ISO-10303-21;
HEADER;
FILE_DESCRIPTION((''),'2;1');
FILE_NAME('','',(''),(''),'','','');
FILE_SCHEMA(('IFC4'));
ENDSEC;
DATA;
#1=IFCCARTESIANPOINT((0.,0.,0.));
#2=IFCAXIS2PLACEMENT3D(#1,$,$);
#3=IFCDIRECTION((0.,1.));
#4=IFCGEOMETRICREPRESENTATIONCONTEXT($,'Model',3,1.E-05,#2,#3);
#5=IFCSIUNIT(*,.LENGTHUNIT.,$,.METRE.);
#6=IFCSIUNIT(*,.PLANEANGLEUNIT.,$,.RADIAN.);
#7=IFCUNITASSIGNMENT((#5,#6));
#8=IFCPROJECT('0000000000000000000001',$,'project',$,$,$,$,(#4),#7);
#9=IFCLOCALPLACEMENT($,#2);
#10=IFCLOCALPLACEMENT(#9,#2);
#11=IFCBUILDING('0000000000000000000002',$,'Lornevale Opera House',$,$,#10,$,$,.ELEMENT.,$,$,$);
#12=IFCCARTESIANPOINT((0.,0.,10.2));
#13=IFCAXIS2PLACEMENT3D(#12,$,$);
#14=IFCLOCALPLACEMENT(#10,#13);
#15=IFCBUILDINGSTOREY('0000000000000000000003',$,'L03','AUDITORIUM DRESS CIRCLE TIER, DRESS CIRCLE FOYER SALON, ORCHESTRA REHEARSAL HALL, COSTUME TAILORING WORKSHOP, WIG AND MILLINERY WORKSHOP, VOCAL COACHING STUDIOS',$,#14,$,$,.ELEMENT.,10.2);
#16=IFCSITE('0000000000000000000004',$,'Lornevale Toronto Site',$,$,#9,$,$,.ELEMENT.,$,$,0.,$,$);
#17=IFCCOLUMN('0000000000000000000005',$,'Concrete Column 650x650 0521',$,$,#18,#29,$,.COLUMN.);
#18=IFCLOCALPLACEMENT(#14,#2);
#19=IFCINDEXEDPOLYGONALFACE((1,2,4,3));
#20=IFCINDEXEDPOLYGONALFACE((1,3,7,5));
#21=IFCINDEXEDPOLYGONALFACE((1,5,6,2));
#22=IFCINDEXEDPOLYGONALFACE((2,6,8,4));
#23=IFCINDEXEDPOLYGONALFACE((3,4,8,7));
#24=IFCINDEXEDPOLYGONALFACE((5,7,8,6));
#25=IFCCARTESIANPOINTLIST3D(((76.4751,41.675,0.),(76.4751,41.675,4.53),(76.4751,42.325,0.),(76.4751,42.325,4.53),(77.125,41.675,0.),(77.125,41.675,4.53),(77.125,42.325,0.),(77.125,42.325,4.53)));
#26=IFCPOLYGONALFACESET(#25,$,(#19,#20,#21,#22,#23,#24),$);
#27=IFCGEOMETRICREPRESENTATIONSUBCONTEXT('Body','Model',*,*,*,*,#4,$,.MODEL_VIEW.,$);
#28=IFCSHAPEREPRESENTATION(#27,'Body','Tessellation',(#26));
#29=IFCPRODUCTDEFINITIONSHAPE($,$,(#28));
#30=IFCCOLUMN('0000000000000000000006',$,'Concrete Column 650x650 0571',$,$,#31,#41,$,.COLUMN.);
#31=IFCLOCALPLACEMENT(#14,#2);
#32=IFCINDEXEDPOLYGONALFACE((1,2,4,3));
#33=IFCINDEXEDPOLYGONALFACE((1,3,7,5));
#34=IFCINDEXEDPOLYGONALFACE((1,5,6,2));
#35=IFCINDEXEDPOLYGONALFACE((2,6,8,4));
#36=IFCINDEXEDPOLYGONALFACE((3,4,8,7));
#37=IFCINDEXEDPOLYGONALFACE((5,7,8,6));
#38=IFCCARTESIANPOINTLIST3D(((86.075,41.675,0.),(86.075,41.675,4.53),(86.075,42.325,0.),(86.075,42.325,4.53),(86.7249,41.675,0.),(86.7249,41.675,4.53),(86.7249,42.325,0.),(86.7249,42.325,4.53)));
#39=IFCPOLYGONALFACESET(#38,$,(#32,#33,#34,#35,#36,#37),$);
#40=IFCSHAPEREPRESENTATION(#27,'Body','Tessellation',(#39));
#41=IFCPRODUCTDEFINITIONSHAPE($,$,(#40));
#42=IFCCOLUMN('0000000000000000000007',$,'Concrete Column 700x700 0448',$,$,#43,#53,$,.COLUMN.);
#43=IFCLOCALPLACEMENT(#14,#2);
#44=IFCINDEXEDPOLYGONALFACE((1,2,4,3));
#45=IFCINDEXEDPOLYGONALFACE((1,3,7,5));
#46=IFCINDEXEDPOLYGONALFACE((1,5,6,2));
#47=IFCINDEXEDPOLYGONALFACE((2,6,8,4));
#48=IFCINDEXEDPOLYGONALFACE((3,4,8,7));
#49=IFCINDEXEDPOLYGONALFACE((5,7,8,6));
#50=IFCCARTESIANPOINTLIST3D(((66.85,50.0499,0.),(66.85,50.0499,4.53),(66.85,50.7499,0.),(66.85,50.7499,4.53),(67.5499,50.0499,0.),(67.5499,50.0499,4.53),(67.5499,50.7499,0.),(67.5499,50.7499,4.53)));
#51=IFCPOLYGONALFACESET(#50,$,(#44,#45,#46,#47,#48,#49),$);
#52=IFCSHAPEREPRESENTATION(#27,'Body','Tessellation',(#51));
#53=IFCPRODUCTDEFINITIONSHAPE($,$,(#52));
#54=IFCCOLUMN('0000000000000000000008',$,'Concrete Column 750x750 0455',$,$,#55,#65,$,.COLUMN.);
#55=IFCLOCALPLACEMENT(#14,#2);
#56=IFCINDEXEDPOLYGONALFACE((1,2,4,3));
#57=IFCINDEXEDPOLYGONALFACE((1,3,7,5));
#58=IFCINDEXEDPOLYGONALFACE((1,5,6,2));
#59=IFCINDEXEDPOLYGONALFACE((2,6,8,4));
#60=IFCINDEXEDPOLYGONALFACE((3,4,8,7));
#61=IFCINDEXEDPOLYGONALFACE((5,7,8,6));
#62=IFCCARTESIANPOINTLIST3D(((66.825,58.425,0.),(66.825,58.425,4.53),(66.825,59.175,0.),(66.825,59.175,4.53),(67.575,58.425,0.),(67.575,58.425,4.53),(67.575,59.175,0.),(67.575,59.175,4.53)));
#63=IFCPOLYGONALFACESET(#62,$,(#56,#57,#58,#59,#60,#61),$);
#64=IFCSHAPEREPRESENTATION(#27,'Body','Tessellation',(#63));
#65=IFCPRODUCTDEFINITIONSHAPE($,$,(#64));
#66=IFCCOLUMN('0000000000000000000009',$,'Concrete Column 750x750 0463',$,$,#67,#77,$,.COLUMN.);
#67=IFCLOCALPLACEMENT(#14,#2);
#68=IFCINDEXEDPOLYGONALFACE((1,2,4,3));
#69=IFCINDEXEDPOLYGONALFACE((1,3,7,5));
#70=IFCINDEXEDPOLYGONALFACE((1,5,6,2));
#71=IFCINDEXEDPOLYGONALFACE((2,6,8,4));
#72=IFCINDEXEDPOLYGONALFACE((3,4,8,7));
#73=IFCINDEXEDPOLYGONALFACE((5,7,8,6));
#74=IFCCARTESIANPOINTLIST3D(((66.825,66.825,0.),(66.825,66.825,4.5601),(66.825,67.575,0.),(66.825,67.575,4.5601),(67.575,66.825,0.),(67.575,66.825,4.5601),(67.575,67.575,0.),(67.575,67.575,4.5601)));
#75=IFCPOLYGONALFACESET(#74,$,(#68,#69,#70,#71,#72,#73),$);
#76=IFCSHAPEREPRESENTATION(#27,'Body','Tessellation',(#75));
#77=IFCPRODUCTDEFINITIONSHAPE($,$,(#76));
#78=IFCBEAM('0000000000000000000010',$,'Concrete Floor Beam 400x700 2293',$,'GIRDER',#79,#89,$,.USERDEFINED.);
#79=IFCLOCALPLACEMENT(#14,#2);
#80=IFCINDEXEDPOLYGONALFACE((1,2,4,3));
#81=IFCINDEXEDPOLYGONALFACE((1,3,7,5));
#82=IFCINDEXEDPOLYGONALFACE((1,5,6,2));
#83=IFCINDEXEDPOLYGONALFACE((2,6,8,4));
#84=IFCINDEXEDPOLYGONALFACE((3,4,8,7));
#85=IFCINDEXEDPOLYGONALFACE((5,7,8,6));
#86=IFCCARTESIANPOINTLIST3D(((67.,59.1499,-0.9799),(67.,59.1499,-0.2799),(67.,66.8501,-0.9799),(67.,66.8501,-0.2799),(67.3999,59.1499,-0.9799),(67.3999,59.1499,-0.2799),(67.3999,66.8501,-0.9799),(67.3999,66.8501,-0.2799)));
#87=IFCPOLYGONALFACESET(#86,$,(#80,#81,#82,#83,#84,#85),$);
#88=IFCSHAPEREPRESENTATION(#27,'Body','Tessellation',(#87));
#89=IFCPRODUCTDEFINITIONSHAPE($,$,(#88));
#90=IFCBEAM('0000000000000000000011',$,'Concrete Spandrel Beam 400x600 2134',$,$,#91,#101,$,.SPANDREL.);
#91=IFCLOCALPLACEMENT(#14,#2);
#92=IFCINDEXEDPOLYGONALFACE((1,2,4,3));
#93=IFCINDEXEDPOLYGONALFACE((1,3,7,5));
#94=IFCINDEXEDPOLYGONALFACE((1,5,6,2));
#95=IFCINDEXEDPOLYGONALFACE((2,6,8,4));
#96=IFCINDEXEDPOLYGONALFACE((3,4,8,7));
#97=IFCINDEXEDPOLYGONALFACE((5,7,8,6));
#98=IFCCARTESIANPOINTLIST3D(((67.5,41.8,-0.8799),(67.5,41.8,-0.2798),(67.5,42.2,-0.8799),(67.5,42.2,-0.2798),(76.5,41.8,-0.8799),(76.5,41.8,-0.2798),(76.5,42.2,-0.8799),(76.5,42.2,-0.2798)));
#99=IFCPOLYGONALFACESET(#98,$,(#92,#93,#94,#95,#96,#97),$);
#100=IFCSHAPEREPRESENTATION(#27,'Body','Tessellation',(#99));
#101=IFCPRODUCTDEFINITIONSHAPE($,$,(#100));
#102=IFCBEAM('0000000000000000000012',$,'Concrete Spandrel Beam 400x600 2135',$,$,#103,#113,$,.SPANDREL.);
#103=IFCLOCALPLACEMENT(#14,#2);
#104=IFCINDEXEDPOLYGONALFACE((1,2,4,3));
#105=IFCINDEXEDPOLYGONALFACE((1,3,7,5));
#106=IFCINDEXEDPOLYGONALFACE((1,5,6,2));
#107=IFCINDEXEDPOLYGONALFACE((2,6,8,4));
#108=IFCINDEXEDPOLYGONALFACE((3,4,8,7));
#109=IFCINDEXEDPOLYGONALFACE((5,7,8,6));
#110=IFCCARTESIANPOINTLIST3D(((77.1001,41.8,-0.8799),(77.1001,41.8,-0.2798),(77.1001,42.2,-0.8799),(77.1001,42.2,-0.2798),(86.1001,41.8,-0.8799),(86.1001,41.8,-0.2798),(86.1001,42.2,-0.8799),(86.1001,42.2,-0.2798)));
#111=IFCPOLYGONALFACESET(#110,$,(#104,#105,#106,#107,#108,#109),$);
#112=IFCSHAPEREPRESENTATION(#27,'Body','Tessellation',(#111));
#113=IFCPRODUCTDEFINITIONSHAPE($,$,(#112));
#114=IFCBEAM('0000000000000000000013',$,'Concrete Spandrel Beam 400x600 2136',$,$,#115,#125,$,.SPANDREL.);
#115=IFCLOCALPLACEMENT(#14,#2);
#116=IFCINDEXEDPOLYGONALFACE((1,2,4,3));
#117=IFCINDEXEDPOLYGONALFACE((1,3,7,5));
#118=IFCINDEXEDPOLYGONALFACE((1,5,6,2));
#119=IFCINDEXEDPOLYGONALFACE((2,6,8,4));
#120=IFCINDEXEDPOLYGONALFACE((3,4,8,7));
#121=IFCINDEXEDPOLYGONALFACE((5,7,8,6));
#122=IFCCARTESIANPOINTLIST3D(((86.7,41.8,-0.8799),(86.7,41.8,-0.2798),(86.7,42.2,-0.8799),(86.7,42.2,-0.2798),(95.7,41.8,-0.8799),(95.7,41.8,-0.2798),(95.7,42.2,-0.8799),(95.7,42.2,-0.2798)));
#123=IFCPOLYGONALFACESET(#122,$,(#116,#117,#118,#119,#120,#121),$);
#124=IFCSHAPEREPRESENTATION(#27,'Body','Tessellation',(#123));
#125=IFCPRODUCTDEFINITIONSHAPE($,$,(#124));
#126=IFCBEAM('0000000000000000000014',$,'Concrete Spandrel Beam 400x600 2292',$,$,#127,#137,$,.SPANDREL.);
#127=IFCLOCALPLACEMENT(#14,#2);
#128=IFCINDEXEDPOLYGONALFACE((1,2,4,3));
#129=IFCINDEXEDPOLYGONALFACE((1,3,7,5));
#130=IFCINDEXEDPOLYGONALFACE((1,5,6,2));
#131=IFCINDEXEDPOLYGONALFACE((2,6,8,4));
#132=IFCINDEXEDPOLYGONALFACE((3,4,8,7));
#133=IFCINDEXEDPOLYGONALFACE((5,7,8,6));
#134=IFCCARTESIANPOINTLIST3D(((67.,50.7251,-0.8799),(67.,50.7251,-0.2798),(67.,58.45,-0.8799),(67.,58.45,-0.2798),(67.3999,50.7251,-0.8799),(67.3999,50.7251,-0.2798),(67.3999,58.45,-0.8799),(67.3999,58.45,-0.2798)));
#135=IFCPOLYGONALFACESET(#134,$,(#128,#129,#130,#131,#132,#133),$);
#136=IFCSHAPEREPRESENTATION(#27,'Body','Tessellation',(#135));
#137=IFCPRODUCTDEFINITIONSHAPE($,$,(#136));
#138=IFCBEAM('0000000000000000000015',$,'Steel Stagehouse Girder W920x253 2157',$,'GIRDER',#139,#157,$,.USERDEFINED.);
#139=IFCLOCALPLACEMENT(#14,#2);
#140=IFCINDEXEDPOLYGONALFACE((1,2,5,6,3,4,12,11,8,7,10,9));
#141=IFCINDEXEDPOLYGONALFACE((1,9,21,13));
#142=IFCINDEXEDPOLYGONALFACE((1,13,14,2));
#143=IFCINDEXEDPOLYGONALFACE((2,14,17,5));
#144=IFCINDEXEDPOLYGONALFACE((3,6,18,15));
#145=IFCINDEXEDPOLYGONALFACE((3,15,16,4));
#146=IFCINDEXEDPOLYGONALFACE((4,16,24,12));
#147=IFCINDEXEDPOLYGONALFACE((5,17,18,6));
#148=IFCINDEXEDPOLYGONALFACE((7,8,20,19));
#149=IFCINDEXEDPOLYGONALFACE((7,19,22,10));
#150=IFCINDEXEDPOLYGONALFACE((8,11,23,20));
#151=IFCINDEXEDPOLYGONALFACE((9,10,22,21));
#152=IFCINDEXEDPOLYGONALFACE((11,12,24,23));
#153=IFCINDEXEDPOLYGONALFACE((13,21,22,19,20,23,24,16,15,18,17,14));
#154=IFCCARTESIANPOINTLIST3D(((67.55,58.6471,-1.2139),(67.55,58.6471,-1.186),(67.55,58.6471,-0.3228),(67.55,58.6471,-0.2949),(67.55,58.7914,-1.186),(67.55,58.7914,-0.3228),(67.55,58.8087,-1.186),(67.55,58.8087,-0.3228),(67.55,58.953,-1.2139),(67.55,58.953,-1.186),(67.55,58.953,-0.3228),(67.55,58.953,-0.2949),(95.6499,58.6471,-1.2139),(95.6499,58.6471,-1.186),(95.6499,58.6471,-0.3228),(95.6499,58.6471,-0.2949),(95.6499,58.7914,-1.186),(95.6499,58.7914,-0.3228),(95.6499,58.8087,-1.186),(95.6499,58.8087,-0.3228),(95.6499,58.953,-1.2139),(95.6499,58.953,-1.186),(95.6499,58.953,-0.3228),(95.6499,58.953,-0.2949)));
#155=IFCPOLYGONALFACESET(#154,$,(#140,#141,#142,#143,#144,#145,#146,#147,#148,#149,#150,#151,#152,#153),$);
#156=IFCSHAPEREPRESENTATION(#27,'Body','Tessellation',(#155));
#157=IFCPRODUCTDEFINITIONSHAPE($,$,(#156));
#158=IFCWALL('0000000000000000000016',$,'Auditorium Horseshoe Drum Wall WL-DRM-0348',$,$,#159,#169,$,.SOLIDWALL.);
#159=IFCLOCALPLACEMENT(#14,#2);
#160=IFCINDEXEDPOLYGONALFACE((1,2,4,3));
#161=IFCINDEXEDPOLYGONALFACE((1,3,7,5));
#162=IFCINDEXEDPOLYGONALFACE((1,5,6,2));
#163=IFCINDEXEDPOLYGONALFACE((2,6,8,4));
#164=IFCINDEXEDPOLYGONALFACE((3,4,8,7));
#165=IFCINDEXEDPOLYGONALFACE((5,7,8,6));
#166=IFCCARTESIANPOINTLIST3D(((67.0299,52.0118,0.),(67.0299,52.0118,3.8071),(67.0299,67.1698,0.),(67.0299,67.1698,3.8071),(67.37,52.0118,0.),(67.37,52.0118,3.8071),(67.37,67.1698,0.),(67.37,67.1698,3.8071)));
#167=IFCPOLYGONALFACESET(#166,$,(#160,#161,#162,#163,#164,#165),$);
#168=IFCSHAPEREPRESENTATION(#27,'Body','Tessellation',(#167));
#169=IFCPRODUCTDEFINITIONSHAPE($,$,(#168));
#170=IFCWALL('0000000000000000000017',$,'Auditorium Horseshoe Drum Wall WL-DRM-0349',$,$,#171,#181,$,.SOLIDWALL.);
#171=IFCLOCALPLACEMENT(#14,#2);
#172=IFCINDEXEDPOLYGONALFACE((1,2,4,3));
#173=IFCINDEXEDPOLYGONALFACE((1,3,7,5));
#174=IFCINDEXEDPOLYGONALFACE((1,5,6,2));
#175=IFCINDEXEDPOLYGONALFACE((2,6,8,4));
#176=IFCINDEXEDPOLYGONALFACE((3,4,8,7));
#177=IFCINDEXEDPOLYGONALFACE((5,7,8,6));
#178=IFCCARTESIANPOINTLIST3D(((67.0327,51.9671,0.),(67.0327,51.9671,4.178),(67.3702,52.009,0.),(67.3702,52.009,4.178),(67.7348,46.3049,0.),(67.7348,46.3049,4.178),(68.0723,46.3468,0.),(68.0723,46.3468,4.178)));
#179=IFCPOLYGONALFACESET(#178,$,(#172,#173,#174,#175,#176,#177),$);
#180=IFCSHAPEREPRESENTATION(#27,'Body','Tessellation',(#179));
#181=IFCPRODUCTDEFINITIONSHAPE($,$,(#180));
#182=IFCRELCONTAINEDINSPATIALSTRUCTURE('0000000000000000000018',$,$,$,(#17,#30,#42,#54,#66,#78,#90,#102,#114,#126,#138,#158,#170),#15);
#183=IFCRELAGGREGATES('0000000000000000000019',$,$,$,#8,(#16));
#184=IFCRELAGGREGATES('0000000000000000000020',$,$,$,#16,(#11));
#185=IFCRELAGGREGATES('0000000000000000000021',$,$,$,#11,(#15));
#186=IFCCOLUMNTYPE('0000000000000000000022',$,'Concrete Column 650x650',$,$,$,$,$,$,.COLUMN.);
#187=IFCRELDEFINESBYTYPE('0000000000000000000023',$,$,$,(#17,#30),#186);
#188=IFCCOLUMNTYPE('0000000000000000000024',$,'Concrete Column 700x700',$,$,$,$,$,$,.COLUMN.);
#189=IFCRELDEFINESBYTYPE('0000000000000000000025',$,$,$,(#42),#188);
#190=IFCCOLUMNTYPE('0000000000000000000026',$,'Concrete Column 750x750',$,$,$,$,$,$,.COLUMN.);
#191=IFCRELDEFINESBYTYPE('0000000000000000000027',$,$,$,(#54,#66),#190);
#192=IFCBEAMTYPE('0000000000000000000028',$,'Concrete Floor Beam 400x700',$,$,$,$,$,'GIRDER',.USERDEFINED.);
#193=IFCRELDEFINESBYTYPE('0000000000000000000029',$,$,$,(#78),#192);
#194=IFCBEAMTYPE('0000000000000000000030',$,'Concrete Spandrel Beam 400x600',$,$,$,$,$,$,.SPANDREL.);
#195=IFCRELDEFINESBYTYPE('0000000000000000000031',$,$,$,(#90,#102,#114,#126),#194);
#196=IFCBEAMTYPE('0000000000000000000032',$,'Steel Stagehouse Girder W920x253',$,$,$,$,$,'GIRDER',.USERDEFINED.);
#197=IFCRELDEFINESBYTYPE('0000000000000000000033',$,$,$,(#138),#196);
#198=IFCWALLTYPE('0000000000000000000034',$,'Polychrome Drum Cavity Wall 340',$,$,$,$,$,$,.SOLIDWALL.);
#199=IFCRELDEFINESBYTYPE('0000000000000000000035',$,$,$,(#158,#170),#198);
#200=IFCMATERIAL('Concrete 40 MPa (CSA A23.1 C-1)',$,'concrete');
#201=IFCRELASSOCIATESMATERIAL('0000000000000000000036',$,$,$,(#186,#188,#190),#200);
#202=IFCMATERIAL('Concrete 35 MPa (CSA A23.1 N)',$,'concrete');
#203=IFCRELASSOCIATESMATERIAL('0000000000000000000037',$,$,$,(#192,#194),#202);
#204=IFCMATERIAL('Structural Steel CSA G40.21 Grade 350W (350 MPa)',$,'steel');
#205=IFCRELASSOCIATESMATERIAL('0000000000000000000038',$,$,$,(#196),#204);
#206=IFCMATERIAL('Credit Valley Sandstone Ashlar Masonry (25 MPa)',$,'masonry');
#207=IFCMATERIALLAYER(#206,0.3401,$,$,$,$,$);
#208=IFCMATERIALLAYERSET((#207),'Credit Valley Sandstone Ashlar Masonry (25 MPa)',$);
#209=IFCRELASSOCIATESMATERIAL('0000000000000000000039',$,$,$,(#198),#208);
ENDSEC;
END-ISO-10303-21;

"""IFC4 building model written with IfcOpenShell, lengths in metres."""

from ifc_helpers import new_model, si_unit, direction, frame, frame_2d, origin, origin_2d, place, context, subcontext, project, spatial, rectangle, i_section, extrude, material, layer, layer_set, material_profile, profile_set, type_object, element, save


model = new_model("IFC4")

# Units and contexts
model_context = context("Model", 3, precision=1e-05, world=origin(), true_north=direction((0.0, 1.0)))
body_context = subcontext(model_context, "Body", "Model", "MODEL_VIEW")
ifc_project = project(units=[si_unit("LENGTHUNIT", "METRE"), si_unit("PLANEANGLEUNIT", "RADIAN")], contexts=[model_context])

# Site, building, storey
site_placement = place(None, origin())
site = spatial("IfcSite", under=ifc_project, at=site_placement, Name="Lornevale Toronto Site", CompositionType="ELEMENT", RefElevation=0.0)
building_placement = place(site_placement, origin())
building = spatial("IfcBuilding", under=site, at=building_placement, Name="Lornevale Opera House", CompositionType="ELEMENT")
storey_placement = place(building_placement, frame((0.0, 0.0, 10.2)))
storey = spatial("IfcBuildingStorey", under=building, at=storey_placement, Name="L03", Description="AUDITORIUM DRESS CIRCLE TIER, DRESS CIRCLE FOYER SALON, ORCHESTRA REHEARSAL HALL, COSTUME TAILORING WORKSHOP, WIG AND MILLINERY WORKSHOP, VOCAL COACHING STUDIOS", CompositionType="ELEMENT", Elevation=10.2)

# Columns
ifc_material_1 = material(Name="Concrete 40 MPa (CSA A23.1 C-1)", Category="concrete")
ifc_material_profile_1 = material_profile(ifc_material_1, rectangle(XDim=0.6499, YDim=0.6499, at=origin_2d()), Name="RC650x650")
ifc_profile_set_1 = profile_set([ifc_material_profile_1], Name="Concrete 40 MPa (CSA A23.1 C-1)")
column_type_1 = type_object("IfcColumnType", Name="Concrete Column 650x650", PredefinedType="COLUMN", material=ifc_profile_set_1)
for number, where, z_axis, x_axis, name in (
    (1, (76.8, 42.0, 0.0), (0.0, 0.0, 1.0), (1.0, 0.0, 0.0), "Concrete Column 650x650 0521"),
    (2, (86.3999, 42.0, 0.0), (0.0, 0.0, 1.0), (1.0, 0.0, 0.0), "Concrete Column 650x650 0571"),
):
    element("IfcColumn", number, at=place(storey_placement, frame(where, z_axis=z_axis, x_axis=x_axis)), inside=storey, type_object=column_type_1, Name=name, PredefinedType="COLUMN", context=body_context, shape_type="SweptSolid", body=[
        extrude(rectangle(XDim=0.6499, YDim=0.6499, at=origin_2d()), origin(), (0.0, 0.0, 1.0), 4.53),
    ])
ifc_material_profile_2 = material_profile(ifc_material_1, rectangle(XDim=0.7, YDim=0.7, at=origin_2d()), Name="RC700x700")
ifc_profile_set_2 = profile_set([ifc_material_profile_2], Name="Concrete 40 MPa (CSA A23.1 C-1)")
column_type_2 = type_object("IfcColumnType", Name="Concrete Column 700x700", PredefinedType="COLUMN", material=ifc_profile_set_2)
column_1_placement = place(storey_placement, frame((67.2, 50.3999, 0.0), z_axis=(0.0, 0.0, 1.0), x_axis=(1.0, 0.0, 0.0)))
element("IfcColumn", 3, at=column_1_placement, inside=storey, type_object=column_type_2, Name="Concrete Column 700x700 0448", PredefinedType="COLUMN", context=body_context, shape_type="SweptSolid", body=[
    extrude(rectangle(XDim=0.7, YDim=0.7, at=origin_2d()), origin(), (0.0, 0.0, 1.0), 4.53),
])
ifc_material_profile_3 = material_profile(ifc_material_1, rectangle(XDim=0.75, YDim=0.75, at=origin_2d()), Name="RC750x750")
ifc_profile_set_3 = profile_set([ifc_material_profile_3], Name="Concrete 40 MPa (CSA A23.1 C-1)")
column_type_3 = type_object("IfcColumnType", Name="Concrete Column 750x750", PredefinedType="COLUMN", material=ifc_profile_set_3)
column_2_placement = place(storey_placement, frame((67.2, 58.8, 0.0), z_axis=(0.0, 0.0, 1.0), x_axis=(1.0, 0.0, 0.0)))
element("IfcColumn", 4, at=column_2_placement, inside=storey, type_object=column_type_3, Name="Concrete Column 750x750 0455", PredefinedType="COLUMN", context=body_context, shape_type="SweptSolid", body=[
    extrude(rectangle(XDim=0.75, YDim=0.75, at=origin_2d()), origin(), (0.0, 0.0, 1.0), 4.53),
])
column_3_placement = place(storey_placement, frame((67.2, 67.2, 0.0), z_axis=(0.0, 0.0, 1.0), x_axis=(1.0, 0.0, 0.0)))
element("IfcColumn", 5, at=column_3_placement, inside=storey, type_object=column_type_3, Name="Concrete Column 750x750 0463", PredefinedType="COLUMN", context=body_context, shape_type="SweptSolid", body=[
    extrude(rectangle(XDim=0.75, YDim=0.75, at=origin_2d()), origin(), (0.0, 0.0, 1.0), 4.5601),
])

# Beams
ifc_material_2 = material(Name="Concrete 35 MPa (CSA A23.1 N)", Category="concrete")
ifc_material_profile_4 = material_profile(ifc_material_2, rectangle(XDim=0.3999, YDim=0.7, at=origin_2d()), Name="RC400x700")
ifc_profile_set_4 = profile_set([ifc_material_profile_4], Name="Concrete 35 MPa (CSA A23.1 N)")
beam_type_1 = type_object("IfcBeamType", Name="Concrete Floor Beam 400x700", ElementType="GIRDER", PredefinedType="USERDEFINED", material=ifc_profile_set_4)
beam_1_placement = place(storey_placement, frame((67.2, 59.1499, -0.6299), z_axis=(0.0, 1.0, 0.0), x_axis=(-1.0, 0.0, 0.0)))
element("IfcBeam", 6, at=beam_1_placement, inside=storey, type_object=beam_type_1, Name="Concrete Floor Beam 400x700 2293", ObjectType="GIRDER", PredefinedType="USERDEFINED", context=body_context, shape_type="SweptSolid", body=[
    extrude(rectangle(XDim=0.3999, YDim=0.7, at=origin_2d()), origin(), (0.0, 0.0, 1.0), 7.7002),
])
ifc_material_profile_5 = material_profile(ifc_material_2, rectangle(XDim=0.3999, YDim=0.6001, at=origin_2d()), Name="RC400x600")
ifc_profile_set_5 = profile_set([ifc_material_profile_5], Name="Concrete 35 MPa (CSA A23.1 N)")
beam_type_2 = type_object("IfcBeamType", Name="Concrete Spandrel Beam 400x600", PredefinedType="SPANDREL", material=ifc_profile_set_5)
for number, where, z_axis, x_axis, name in (
    (7, (67.5, 42.0, -0.5798), (1.0, 0.0, 0.0), (0.0, 1.0, 0.0), "Concrete Spandrel Beam 400x600 2134"),
    (8, (77.1001, 42.0, -0.5798), (1.0, 0.0, 0.0), (0.0, 1.0, 0.0), "Concrete Spandrel Beam 400x600 2135"),
    (9, (86.7, 42.0, -0.5798), (1.0, 0.0, 0.0), (0.0, 1.0, 0.0), "Concrete Spandrel Beam 400x600 2136"),
):
    element("IfcBeam", number, at=place(storey_placement, frame(where, z_axis=z_axis, x_axis=x_axis)), inside=storey, type_object=beam_type_2, Name=name, PredefinedType="SPANDREL", context=body_context, shape_type="SweptSolid", body=[
        extrude(rectangle(XDim=0.3999, YDim=0.6001, at=origin_2d()), origin(), (0.0, 0.0, 1.0), 9.0),
    ])
beam_2_placement = place(storey_placement, frame((67.2, 50.7251, -0.5798), z_axis=(0.0, 1.0, 0.0), x_axis=(-1.0, 0.0, 0.0)))
element("IfcBeam", 10, at=beam_2_placement, inside=storey, type_object=beam_type_2, Name="Concrete Spandrel Beam 400x600 2292", PredefinedType="SPANDREL", context=body_context, shape_type="SweptSolid", body=[
    extrude(rectangle(XDim=0.3999, YDim=0.6001, at=origin_2d()), origin(), (0.0, 0.0, 1.0), 7.7249),
])
ifc_material_3 = material(Name="Structural Steel CSA G40.21 Grade 350W (350 MPa)", Category="steel")
ifc_material_profile_6 = material_profile(ifc_material_3, i_section(OverallWidth=0.3059, OverallDepth=0.9189, WebThickness=0.0173, FlangeThickness=0.0278, at=origin_2d()), Name="W920x253")
ifc_profile_set_6 = profile_set([ifc_material_profile_6], Name="Structural Steel CSA G40.21 Grade 350W (350 MPa)")
beam_type_3 = type_object("IfcBeamType", Name="Steel Stagehouse Girder W920x253", ElementType="GIRDER", PredefinedType="USERDEFINED", material=ifc_profile_set_6)
beam_3_placement = place(storey_placement, frame((67.55, 58.8, -0.7544), z_axis=(1.0, 0.0, 0.0), x_axis=(0.0, 1.0, 0.0)))
element("IfcBeam", 11, at=beam_3_placement, inside=storey, type_object=beam_type_3, Name="Steel Stagehouse Girder W920x253 2157", ObjectType="GIRDER", PredefinedType="USERDEFINED", context=body_context, shape_type="SweptSolid", body=[
    extrude(i_section(OverallWidth=0.3059, OverallDepth=0.9189, WebThickness=0.0173, FlangeThickness=0.0278, at=origin_2d()), origin(), (0.0, 0.0, 1.0), 28.0999),
])

# Walls
ifc_material_4 = material(Name="Credit Valley Sandstone Ashlar Masonry (25 MPa)", Category="masonry")
ifc_layer_1 = layer(ifc_material_4, 0.3401)
ifc_layer_set_1 = layer_set([ifc_layer_1], Name="Credit Valley Sandstone Ashlar Masonry (25 MPa)")
wall_type = type_object("IfcWallType", Name="Polychrome Drum Cavity Wall 340", PredefinedType="SOLIDWALL", material=ifc_layer_set_1)
wall_1_placement = place(storey_placement, frame((67.2, 67.1699, 0.0), z_axis=(0.0, 0.0, 1.0), x_axis=(0.0, -1.0, 0.0)))
element("IfcWall", 12, at=wall_1_placement, inside=storey, type_object=wall_type, Name="Auditorium Horseshoe Drum Wall WL-DRM-0348", PredefinedType="SOLIDWALL", context=body_context, shape_type="SweptSolid", body=[
    extrude(rectangle(XDim=15.158, YDim=0.3401, at=frame_2d((7.5791, 0.0))), origin(), (0.0, 0.0, 1.0), 3.8071),
])
wall_2_placement = place(storey_placement, frame((67.2014, 51.988, 0.0), z_axis=(0.0, 0.0, 1.0), x_axis=(0.123066, -0.992399, 0.0)))
element("IfcWall", 13, at=wall_2_placement, inside=storey, type_object=wall_type, Name="Auditorium Horseshoe Drum Wall WL-DRM-0349", PredefinedType="SOLIDWALL", context=body_context, shape_type="SweptSolid", body=[
    extrude(rectangle(XDim=5.7056, YDim=0.3401, at=frame_2d((2.8528, 0.0))), origin(), (0.0, 0.0, 1.0), 4.178),
])

save(model, "model.ifc")
